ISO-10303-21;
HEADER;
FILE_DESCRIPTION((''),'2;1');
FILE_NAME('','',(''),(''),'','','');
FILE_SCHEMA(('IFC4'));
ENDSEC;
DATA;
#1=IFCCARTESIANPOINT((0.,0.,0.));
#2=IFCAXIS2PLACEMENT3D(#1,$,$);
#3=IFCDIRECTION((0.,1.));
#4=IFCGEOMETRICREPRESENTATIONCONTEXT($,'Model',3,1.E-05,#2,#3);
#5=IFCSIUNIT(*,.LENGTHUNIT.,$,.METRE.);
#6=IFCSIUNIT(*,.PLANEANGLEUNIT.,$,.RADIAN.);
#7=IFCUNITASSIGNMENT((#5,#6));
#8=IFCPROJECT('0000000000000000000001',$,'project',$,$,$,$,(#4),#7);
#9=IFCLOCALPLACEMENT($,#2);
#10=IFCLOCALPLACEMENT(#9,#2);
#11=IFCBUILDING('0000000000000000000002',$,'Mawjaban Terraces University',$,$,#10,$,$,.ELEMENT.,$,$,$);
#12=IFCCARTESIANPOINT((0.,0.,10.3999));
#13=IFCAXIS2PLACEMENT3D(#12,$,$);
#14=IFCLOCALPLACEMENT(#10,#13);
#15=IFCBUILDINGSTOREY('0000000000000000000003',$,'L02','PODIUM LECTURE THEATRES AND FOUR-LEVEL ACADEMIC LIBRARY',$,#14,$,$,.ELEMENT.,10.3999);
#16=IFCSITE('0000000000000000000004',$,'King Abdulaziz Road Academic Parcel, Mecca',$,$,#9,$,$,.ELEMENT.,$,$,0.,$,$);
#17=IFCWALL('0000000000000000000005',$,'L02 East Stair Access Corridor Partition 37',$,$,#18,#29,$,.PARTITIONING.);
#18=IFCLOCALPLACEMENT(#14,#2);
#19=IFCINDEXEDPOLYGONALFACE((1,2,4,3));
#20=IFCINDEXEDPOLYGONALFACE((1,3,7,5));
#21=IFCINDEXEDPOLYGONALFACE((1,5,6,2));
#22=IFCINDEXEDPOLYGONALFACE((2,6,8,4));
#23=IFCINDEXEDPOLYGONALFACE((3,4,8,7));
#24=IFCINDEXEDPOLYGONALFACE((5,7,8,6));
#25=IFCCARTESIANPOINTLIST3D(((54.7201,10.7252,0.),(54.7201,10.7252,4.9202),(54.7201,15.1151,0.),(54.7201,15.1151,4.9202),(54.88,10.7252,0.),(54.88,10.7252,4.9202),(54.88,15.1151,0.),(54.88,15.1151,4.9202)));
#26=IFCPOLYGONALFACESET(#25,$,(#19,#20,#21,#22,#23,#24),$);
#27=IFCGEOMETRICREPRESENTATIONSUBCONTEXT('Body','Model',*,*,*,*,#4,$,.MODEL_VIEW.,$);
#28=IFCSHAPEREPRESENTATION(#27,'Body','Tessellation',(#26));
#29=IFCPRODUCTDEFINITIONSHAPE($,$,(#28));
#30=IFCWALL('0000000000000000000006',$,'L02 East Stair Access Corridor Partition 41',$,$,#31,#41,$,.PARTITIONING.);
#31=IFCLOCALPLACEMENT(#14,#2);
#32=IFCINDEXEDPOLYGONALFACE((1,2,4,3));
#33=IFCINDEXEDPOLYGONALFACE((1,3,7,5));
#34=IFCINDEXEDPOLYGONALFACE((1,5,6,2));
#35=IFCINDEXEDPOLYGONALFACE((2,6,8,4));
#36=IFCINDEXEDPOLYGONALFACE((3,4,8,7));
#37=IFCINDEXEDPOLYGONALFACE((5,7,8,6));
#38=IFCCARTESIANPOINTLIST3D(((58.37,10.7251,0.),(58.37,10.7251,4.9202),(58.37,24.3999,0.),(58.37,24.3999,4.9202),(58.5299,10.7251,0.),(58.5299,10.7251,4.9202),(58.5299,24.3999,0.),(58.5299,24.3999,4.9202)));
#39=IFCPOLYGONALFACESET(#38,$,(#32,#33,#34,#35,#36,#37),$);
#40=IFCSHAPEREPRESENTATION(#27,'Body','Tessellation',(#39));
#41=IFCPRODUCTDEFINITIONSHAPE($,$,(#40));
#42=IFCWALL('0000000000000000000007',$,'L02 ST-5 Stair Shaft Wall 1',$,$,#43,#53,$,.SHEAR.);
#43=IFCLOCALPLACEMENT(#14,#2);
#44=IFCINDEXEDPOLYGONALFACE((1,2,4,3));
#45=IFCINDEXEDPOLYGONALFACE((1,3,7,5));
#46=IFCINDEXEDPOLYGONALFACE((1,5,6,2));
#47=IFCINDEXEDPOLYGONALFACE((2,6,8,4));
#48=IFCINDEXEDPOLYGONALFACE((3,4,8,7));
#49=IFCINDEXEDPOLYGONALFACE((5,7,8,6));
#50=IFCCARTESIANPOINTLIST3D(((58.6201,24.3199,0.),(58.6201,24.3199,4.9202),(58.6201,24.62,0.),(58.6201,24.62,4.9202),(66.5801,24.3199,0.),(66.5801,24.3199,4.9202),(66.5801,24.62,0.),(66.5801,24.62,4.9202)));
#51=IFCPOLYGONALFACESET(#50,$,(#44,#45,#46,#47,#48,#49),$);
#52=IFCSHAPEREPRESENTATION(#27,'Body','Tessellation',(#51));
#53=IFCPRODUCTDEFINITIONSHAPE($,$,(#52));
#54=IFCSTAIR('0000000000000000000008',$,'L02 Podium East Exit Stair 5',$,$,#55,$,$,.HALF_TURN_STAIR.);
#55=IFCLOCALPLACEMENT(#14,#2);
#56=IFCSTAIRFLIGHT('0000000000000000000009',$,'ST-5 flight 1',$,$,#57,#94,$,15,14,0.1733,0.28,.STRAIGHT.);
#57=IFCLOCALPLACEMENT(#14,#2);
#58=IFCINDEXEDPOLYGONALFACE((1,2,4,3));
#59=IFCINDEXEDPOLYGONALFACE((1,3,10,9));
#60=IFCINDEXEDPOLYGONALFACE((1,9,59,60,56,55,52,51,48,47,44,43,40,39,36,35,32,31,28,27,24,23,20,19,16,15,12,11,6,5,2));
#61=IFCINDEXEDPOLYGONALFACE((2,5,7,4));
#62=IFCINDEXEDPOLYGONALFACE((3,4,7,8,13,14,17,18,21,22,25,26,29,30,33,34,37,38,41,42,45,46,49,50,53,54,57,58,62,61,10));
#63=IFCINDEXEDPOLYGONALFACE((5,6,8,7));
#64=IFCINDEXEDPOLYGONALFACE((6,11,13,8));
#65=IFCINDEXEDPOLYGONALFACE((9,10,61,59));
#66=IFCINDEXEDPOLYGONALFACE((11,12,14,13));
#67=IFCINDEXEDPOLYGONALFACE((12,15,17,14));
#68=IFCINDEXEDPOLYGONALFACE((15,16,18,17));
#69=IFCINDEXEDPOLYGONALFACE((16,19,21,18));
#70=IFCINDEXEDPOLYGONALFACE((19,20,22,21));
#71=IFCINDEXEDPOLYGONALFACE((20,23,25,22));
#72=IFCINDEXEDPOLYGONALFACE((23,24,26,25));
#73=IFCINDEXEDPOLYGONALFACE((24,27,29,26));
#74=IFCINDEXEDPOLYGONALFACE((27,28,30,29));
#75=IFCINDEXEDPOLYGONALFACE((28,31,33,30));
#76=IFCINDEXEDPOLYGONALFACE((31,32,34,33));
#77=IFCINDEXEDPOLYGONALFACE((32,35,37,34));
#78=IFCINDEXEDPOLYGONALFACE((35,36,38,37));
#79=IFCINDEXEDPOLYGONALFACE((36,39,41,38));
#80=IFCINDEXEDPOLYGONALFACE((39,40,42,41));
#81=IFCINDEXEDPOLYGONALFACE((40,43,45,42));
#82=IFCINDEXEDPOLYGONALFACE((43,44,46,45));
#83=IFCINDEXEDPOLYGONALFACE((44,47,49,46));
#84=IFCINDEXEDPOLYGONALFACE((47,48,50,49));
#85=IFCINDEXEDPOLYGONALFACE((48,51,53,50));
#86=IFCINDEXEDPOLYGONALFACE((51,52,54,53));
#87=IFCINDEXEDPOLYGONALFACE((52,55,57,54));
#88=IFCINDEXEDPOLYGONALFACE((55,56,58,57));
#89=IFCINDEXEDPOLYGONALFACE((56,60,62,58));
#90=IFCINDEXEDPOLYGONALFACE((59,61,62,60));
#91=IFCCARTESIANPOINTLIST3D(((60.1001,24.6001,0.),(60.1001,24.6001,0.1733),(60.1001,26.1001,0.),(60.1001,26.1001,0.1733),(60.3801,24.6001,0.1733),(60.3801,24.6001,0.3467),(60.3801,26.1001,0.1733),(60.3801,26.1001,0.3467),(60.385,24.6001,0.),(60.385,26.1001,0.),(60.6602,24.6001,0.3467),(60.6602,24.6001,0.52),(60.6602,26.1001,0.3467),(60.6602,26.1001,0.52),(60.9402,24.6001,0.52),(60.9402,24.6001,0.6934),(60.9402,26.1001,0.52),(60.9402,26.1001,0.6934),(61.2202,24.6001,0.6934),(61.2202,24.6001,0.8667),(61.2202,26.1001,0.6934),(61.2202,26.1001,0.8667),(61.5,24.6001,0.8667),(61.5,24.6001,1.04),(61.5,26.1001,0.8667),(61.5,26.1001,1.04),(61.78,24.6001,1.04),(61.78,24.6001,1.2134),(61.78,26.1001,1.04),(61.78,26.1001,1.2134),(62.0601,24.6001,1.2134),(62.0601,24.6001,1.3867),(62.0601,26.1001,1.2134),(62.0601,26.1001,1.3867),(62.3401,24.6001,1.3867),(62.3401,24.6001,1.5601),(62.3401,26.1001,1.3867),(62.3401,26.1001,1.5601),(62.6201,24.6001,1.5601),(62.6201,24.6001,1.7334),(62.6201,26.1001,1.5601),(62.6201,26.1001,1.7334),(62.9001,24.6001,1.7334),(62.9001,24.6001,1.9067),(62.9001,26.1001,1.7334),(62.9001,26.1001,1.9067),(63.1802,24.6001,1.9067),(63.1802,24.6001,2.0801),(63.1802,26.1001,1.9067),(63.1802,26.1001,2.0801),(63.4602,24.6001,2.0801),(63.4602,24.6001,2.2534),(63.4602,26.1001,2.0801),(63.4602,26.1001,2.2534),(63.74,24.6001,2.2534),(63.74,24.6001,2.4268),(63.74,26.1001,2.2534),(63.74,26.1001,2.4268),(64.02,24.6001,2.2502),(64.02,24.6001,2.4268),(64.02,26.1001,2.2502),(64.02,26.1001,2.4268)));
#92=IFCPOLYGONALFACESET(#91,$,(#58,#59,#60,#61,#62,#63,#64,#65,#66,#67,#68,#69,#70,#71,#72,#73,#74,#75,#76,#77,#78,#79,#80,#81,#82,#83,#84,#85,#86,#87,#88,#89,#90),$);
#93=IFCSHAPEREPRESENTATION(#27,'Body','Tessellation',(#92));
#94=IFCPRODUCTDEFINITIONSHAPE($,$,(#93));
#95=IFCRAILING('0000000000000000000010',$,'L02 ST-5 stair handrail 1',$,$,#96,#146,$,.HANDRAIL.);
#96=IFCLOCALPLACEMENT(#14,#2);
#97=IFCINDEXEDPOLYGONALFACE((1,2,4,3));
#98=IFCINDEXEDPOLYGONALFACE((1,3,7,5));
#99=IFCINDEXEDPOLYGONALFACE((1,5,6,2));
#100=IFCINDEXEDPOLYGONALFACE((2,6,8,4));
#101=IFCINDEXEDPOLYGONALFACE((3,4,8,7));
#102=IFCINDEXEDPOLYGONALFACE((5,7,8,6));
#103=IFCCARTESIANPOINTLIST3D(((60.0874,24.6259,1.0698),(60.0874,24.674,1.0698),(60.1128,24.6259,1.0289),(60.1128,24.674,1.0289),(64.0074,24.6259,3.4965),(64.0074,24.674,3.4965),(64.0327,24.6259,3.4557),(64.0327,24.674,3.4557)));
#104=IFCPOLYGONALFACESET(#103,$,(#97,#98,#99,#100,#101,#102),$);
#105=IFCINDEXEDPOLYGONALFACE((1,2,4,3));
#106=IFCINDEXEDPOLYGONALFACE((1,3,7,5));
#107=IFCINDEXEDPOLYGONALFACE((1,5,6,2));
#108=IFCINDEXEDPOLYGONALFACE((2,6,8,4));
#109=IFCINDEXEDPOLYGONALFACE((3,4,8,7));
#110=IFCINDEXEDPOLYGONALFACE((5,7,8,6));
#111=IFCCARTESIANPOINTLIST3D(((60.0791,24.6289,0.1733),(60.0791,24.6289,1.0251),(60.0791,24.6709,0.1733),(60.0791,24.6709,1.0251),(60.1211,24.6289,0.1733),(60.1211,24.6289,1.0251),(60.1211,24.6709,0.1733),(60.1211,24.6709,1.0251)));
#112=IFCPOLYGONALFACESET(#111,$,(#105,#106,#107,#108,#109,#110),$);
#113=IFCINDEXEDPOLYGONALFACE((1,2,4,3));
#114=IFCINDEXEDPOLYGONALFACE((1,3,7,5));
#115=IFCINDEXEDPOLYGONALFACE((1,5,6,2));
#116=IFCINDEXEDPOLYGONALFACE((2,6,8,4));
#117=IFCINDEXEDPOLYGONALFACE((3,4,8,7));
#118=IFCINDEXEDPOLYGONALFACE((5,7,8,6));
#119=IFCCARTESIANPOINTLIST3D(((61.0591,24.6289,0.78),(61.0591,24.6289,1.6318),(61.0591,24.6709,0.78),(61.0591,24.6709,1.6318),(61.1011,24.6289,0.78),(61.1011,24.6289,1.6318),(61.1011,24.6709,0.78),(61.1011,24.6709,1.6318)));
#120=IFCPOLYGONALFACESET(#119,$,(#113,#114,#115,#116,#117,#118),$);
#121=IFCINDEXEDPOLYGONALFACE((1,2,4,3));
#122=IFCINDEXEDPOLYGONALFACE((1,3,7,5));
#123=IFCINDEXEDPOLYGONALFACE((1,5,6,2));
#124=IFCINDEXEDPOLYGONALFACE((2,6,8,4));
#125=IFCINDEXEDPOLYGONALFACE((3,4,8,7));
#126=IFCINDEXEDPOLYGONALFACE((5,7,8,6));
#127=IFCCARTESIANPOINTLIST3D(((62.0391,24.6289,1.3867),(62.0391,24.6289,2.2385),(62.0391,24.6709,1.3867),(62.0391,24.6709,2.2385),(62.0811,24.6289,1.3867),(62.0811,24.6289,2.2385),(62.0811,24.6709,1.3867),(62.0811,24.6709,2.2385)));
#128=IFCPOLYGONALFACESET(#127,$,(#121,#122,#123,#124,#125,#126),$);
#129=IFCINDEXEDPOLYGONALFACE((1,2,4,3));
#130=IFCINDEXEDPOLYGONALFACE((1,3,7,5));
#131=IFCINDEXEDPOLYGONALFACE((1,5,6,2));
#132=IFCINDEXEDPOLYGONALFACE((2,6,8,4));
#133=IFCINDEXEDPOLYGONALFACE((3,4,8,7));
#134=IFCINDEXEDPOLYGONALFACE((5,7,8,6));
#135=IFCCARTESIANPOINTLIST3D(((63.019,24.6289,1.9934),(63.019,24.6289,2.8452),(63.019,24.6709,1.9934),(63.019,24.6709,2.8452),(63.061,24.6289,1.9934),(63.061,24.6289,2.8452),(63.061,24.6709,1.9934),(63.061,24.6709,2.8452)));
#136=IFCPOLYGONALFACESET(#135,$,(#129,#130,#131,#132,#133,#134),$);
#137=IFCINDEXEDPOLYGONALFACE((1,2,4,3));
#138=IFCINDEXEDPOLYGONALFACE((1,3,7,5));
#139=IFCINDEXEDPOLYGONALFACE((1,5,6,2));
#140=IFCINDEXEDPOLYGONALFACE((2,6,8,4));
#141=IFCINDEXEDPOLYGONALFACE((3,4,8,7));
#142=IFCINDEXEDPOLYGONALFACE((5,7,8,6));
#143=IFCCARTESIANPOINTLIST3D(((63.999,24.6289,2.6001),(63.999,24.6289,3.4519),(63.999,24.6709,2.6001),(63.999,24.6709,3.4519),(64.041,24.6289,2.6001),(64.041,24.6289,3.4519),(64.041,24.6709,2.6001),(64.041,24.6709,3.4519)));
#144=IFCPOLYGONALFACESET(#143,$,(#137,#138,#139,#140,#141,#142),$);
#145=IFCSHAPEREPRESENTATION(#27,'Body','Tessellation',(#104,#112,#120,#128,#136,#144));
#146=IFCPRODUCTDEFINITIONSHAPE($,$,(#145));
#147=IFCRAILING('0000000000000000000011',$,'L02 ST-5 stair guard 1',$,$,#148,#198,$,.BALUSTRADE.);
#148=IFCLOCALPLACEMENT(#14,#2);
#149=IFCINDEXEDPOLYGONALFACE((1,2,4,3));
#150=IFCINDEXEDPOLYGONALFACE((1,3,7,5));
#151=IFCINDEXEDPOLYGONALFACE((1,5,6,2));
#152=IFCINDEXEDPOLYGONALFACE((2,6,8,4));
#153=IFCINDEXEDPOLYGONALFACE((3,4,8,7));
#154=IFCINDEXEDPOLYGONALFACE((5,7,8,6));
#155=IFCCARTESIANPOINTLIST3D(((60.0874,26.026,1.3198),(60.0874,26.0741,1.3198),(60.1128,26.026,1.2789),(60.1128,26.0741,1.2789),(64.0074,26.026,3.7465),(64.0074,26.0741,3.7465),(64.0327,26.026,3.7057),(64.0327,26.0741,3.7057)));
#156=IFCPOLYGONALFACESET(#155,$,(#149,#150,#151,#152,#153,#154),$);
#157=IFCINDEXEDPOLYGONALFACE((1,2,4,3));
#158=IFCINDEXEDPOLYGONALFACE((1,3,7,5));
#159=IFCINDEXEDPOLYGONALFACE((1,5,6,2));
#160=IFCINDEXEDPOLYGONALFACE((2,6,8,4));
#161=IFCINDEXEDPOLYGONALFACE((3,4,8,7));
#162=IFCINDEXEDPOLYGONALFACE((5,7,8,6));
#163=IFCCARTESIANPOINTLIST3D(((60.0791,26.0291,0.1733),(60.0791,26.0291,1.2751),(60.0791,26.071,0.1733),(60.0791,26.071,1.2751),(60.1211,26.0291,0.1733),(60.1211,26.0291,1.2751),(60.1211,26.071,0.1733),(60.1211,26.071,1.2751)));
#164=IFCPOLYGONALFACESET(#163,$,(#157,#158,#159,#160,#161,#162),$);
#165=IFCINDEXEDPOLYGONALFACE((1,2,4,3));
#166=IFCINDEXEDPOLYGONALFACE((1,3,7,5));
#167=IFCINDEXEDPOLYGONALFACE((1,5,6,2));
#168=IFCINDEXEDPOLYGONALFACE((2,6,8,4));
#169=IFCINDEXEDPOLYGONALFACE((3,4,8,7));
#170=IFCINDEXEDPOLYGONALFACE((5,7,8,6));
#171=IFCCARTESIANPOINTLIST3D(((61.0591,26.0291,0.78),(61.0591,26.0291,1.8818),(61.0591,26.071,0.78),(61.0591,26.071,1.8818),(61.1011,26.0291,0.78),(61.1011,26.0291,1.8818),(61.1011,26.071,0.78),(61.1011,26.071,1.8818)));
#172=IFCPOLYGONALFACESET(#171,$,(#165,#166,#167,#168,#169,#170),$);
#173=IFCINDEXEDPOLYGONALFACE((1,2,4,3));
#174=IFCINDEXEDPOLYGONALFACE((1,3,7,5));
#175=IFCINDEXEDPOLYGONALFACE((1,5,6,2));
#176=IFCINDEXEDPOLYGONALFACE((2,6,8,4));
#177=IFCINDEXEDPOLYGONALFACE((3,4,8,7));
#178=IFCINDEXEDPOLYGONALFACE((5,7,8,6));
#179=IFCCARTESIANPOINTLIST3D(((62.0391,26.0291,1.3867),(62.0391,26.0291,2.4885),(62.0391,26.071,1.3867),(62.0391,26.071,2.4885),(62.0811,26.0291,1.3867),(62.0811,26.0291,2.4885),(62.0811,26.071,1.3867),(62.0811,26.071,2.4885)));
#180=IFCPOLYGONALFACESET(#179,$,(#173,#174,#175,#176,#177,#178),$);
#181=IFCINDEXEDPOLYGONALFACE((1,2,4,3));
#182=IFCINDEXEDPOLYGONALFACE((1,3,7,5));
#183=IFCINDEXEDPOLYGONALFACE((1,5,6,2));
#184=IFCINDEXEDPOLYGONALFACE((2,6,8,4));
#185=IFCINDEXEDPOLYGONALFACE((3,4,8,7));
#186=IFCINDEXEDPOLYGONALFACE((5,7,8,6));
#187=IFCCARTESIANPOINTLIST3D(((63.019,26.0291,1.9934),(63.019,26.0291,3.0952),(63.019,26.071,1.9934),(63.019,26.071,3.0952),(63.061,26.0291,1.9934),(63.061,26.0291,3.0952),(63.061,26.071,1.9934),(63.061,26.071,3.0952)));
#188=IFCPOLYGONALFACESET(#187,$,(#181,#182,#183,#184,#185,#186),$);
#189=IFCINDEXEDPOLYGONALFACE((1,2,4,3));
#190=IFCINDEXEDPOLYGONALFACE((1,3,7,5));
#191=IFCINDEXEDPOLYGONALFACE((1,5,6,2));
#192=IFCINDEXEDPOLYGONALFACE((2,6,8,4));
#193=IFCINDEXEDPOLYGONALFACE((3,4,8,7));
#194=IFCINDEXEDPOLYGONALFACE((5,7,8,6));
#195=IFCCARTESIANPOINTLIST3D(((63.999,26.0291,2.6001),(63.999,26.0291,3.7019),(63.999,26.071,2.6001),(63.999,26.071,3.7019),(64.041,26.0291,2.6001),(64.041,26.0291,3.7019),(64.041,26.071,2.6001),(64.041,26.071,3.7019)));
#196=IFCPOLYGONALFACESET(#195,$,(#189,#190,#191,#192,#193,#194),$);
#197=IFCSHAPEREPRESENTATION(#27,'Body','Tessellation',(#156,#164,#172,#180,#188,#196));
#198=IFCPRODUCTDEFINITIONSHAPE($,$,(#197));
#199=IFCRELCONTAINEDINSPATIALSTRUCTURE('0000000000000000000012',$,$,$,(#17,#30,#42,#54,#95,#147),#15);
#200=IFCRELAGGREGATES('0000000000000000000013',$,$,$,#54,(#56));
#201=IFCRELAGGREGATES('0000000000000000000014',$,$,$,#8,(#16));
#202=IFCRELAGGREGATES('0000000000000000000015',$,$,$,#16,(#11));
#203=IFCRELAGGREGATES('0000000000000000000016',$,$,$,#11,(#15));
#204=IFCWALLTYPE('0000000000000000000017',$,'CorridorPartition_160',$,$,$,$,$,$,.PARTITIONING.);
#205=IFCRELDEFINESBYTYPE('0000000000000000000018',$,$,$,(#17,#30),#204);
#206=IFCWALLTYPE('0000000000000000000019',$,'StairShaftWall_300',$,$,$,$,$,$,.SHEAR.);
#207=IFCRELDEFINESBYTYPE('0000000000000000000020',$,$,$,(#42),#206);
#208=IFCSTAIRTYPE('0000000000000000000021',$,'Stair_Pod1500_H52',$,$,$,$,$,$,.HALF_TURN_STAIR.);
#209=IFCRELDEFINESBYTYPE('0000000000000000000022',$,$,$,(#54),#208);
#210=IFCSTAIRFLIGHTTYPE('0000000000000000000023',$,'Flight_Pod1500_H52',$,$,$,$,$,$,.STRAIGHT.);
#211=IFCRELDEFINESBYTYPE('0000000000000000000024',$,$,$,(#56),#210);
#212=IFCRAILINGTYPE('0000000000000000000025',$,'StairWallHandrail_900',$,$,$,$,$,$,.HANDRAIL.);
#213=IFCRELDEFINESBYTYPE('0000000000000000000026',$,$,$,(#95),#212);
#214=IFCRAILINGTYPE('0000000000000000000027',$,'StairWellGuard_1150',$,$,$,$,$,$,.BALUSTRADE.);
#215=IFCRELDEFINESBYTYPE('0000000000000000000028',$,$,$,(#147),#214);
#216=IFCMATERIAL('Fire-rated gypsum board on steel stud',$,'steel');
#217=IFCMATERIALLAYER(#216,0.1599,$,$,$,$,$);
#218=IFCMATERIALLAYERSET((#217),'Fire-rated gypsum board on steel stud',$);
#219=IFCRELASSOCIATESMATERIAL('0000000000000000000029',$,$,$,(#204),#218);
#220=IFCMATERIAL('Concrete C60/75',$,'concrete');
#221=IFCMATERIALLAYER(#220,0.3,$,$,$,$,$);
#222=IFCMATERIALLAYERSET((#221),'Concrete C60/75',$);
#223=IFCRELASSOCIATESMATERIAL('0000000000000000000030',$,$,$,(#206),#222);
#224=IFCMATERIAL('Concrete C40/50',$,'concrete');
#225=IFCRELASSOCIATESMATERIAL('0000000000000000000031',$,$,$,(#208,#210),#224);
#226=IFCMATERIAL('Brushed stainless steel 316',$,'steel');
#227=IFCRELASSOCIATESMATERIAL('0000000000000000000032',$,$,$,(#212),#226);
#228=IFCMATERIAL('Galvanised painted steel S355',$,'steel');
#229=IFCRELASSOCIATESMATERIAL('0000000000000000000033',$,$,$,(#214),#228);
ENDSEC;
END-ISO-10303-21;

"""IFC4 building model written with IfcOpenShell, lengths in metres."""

from ifc_helpers import new_model, si_unit, direction, frame, frame_2d, origin, origin_2d, place, context, subcontext, project, spatial, polyline, rectangle, outline, extrude, material, layer, layer_set, type_object, element, aggregate, save


model = new_model("IFC4")

# Units and contexts
model_context = context("Model", 3, precision=1e-05, world=origin(), true_north=direction((0.0, 1.0)))
body_context = subcontext(model_context, "Body", "Model", "MODEL_VIEW")
ifc_project = project(units=[si_unit("LENGTHUNIT", "METRE"), si_unit("PLANEANGLEUNIT", "RADIAN")], contexts=[model_context])

# Site, building, storey
site_placement = place(None, origin())
site = spatial("IfcSite", under=ifc_project, at=site_placement, Name="King Abdulaziz Road Academic Parcel, Mecca", CompositionType="ELEMENT", RefElevation=0.0)
building_placement = place(site_placement, origin())
building = spatial("IfcBuilding", under=site, at=building_placement, Name="Mawjaban Terraces University", CompositionType="ELEMENT")
storey_placement = place(building_placement, frame((0.0, 0.0, 10.3999)))
storey = spatial("IfcBuildingStorey", under=building, at=storey_placement, Name="L02", Description="PODIUM LECTURE THEATRES AND FOUR-LEVEL ACADEMIC LIBRARY", CompositionType="ELEMENT", Elevation=10.3999)

# Walls
ifc_material_1 = material(Name="Fire-rated gypsum board on steel stud", Category="steel")
ifc_layer_1 = layer(ifc_material_1, 0.1599)
ifc_layer_set_1 = layer_set([ifc_layer_1], Name="Fire-rated gypsum board on steel stud")
wall_type_1 = type_object("IfcWallType", Name="CorridorPartition_160", PredefinedType="PARTITIONING", material=ifc_layer_set_1)
wall_1_placement = place(storey_placement, frame((54.8, 15.115, 0.0), z_axis=(0.0, 0.0, 1.0), x_axis=(0.0, -1.0, 0.0)))
element("IfcWall", 1, at=wall_1_placement, inside=storey, type_object=wall_type_1, Name="L02 East Stair Access Corridor Partition 37", PredefinedType="PARTITIONING", context=body_context, shape_type="SweptSolid", body=[
    extrude(rectangle(XDim=4.3899, YDim=0.1599, at=frame_2d((2.1948, 0.0))), origin(), (0.0, 0.0, 1.0), 4.9202),
])
wall_2_placement = place(storey_placement, frame((58.45, 10.7251, 0.0), z_axis=(0.0, 0.0, 1.0), x_axis=(0.0, 1.0, 0.0)))
element("IfcWall", 2, at=wall_2_placement, inside=storey, type_object=wall_type_1, Name="L02 East Stair Access Corridor Partition 41", PredefinedType="PARTITIONING", context=body_context, shape_type="SweptSolid", body=[
    extrude(rectangle(XDim=13.6748, YDim=0.1599, at=frame_2d((6.8374, 0.0))), origin(), (0.0, 0.0, 1.0), 4.9202),
])
ifc_material_2 = material(Name="Concrete C60/75", Category="concrete")
ifc_layer_2 = layer(ifc_material_2, 0.3)
ifc_layer_set_2 = layer_set([ifc_layer_2], Name="Concrete C60/75")
wall_type_2 = type_object("IfcWallType", Name="StairShaftWall_300", PredefinedType="SHEAR", material=ifc_layer_set_2)
wall_3_placement = place(storey_placement, frame((58.6201, 24.47, 0.0), z_axis=(0.0, 0.0, 1.0), x_axis=(1.0, 0.0, 0.0)))
element("IfcWall", 3, at=wall_3_placement, inside=storey, type_object=wall_type_2, Name="L02 ST-5 Stair Shaft Wall 1", PredefinedType="SHEAR", context=body_context, shape_type="SweptSolid", body=[
    extrude(rectangle(XDim=7.96, YDim=0.3, at=frame_2d((3.98, 0.0))), origin(), (0.0, 0.0, 1.0), 4.9202),
])

# Stair, stair flight
ifc_material_3 = material(Name="Concrete C40/50", Category="concrete")
stair_type = type_object("IfcStairType", Name="Stair_Pod1500_H52", PredefinedType="HALF_TURN_STAIR", material=ifc_material_3)
stair_placement = place(storey_placement, origin())
stair = element("IfcStair", 4, at=stair_placement, inside=storey, type_object=stair_type, Name="L02 Podium East Exit Stair 5", PredefinedType="HALF_TURN_STAIR")
stair_flight_type = type_object("IfcStairFlightType", Name="Flight_Pod1500_H52", PredefinedType="STRAIGHT", material=ifc_material_3)
stair_flight_placement = place(storey_placement, frame((60.1001, 25.3501, 0.0), z_axis=(0.0, 0.0, 1.0), x_axis=(1.0, 0.0, 0.0)))
stair_flight = element("IfcStairFlight", 5, at=stair_flight_placement, type_object=stair_flight_type, Name="ST-5 flight 1", NumberOfRisers=15, NumberOfTreads=14, PredefinedType="STRAIGHT", RiserHeight=0.1733, TreadLength=0.28, context=body_context, shape_type="SweptSolid", body=[
    extrude(outline(polyline([(0.0, 0.0), (0.0, 0.1733), (0.28, 0.1733), (0.28, 0.3467), (0.5601, 0.3467), (0.5601, 0.52), (0.8401, 0.52), (0.8401, 0.6934), (1.1201, 0.6934), (1.1201, 0.8667), (1.3999, 0.8667), (1.3999, 1.04), (1.6799, 1.04), (1.6799, 1.2134), (1.96, 1.2134), (1.96, 1.3867), (2.24, 1.3867), (2.24, 1.5601), (2.52, 1.5601), (2.52, 1.7334), (2.8, 1.7334), (2.8, 1.9067), (3.0801, 1.9067), (3.0801, 2.0801), (3.3601, 2.0801), (3.3601, 2.2534), (3.6399, 2.2534), (3.6399, 2.4268), (3.9199, 2.4268), (3.9199, 2.6001), (3.9199, 2.2502), (0.2849, 0.0), (0.0, 0.0)])), frame((0.0, 0.75, 0.0), z_axis=(0.0, -1.0, 0.0), x_axis=(1.0, 0.0, 0.0)), (0.0, 0.0, 1.0), 1.5),
])
aggregate(stair, [stair_flight])

# Railings
ifc_material_4 = material(Name="Brushed stainless steel 316", Category="steel")
railing_type_1 = type_object("IfcRailingType", Name="StairWallHandrail_900", PredefinedType="HANDRAIL", material=ifc_material_4)
railing_1_placement = place(storey_placement, frame((60.1001, 24.6499, 0.1733)))
element("IfcRailing", 6, at=railing_1_placement, inside=storey, type_object=railing_type_1, Name="L02 ST-5 stair handrail 1", PredefinedType="HANDRAIL", context=body_context, shape_type="SweptSolid", body=[
    extrude(rectangle(XDim=0.0481, YDim=0.0481, at=origin_2d()), frame((0.0, 0.0, 0.876), z_axis=(0.850252, 0.0, 0.526376), x_axis=(0.0, 1.0, 0.0)), (0.0, 0.0, 1.0), 4.6104),
    extrude(rectangle(XDim=0.042, YDim=0.042, at=origin_2d()), origin(), (0.0, 0.0, 1.0), 0.8518),
    extrude(rectangle(XDim=0.042, YDim=0.042, at=origin_2d()), frame((0.98, 0.0, 0.6067)), (0.0, 0.0, 1.0), 0.8518),
    extrude(rectangle(XDim=0.042, YDim=0.042, at=origin_2d()), frame((1.96, 0.0, 1.2134)), (0.0, 0.0, 1.0), 0.8518),
    extrude(rectangle(XDim=0.042, YDim=0.042, at=origin_2d()), frame((2.9399, 0.0, 1.8201)), (0.0, 0.0, 1.0), 0.8518),
    extrude(rectangle(XDim=0.042, YDim=0.042, at=origin_2d()), frame((3.9199, 0.0, 2.4268)), (0.0, 0.0, 1.0), 0.8518),
])
ifc_material_5 = material(Name="Galvanised painted steel S355", Category="steel")
railing_type_2 = type_object("IfcRailingType", Name="StairWellGuard_1150", PredefinedType="BALUSTRADE", material=ifc_material_5)
railing_2_placement = place(storey_placement, frame((60.1001, 26.05, 0.1733)))
element("IfcRailing", 7, at=railing_2_placement, inside=storey, type_object=railing_type_2, Name="L02 ST-5 stair guard 1", PredefinedType="BALUSTRADE", context=body_context, shape_type="SweptSolid", body=[
    extrude(rectangle(XDim=0.0481, YDim=0.0481, at=origin_2d()), frame((0.0, 0.0, 1.126), z_axis=(0.850252, 0.0, 0.526376), x_axis=(0.0, 1.0, 0.0)), (0.0, 0.0, 1.0), 4.6104),
    extrude(rectangle(XDim=0.042, YDim=0.042, at=origin_2d()), origin(), (0.0, 0.0, 1.0), 1.1018),
    extrude(rectangle(XDim=0.042, YDim=0.042, at=origin_2d()), frame((0.98, 0.0, 0.6067)), (0.0, 0.0, 1.0), 1.1018),
    extrude(rectangle(XDim=0.042, YDim=0.042, at=origin_2d()), frame((1.96, 0.0, 1.2134)), (0.0, 0.0, 1.0), 1.1018),
    extrude(rectangle(XDim=0.042, YDim=0.042, at=origin_2d()), frame((2.9399, 0.0, 1.8201)), (0.0, 0.0, 1.0), 1.1018),
    extrude(rectangle(XDim=0.042, YDim=0.042, at=origin_2d()), frame((3.9199, 0.0, 2.4268)), (0.0, 0.0, 1.0), 1.1018),
])

save(model, "model.ifc")
